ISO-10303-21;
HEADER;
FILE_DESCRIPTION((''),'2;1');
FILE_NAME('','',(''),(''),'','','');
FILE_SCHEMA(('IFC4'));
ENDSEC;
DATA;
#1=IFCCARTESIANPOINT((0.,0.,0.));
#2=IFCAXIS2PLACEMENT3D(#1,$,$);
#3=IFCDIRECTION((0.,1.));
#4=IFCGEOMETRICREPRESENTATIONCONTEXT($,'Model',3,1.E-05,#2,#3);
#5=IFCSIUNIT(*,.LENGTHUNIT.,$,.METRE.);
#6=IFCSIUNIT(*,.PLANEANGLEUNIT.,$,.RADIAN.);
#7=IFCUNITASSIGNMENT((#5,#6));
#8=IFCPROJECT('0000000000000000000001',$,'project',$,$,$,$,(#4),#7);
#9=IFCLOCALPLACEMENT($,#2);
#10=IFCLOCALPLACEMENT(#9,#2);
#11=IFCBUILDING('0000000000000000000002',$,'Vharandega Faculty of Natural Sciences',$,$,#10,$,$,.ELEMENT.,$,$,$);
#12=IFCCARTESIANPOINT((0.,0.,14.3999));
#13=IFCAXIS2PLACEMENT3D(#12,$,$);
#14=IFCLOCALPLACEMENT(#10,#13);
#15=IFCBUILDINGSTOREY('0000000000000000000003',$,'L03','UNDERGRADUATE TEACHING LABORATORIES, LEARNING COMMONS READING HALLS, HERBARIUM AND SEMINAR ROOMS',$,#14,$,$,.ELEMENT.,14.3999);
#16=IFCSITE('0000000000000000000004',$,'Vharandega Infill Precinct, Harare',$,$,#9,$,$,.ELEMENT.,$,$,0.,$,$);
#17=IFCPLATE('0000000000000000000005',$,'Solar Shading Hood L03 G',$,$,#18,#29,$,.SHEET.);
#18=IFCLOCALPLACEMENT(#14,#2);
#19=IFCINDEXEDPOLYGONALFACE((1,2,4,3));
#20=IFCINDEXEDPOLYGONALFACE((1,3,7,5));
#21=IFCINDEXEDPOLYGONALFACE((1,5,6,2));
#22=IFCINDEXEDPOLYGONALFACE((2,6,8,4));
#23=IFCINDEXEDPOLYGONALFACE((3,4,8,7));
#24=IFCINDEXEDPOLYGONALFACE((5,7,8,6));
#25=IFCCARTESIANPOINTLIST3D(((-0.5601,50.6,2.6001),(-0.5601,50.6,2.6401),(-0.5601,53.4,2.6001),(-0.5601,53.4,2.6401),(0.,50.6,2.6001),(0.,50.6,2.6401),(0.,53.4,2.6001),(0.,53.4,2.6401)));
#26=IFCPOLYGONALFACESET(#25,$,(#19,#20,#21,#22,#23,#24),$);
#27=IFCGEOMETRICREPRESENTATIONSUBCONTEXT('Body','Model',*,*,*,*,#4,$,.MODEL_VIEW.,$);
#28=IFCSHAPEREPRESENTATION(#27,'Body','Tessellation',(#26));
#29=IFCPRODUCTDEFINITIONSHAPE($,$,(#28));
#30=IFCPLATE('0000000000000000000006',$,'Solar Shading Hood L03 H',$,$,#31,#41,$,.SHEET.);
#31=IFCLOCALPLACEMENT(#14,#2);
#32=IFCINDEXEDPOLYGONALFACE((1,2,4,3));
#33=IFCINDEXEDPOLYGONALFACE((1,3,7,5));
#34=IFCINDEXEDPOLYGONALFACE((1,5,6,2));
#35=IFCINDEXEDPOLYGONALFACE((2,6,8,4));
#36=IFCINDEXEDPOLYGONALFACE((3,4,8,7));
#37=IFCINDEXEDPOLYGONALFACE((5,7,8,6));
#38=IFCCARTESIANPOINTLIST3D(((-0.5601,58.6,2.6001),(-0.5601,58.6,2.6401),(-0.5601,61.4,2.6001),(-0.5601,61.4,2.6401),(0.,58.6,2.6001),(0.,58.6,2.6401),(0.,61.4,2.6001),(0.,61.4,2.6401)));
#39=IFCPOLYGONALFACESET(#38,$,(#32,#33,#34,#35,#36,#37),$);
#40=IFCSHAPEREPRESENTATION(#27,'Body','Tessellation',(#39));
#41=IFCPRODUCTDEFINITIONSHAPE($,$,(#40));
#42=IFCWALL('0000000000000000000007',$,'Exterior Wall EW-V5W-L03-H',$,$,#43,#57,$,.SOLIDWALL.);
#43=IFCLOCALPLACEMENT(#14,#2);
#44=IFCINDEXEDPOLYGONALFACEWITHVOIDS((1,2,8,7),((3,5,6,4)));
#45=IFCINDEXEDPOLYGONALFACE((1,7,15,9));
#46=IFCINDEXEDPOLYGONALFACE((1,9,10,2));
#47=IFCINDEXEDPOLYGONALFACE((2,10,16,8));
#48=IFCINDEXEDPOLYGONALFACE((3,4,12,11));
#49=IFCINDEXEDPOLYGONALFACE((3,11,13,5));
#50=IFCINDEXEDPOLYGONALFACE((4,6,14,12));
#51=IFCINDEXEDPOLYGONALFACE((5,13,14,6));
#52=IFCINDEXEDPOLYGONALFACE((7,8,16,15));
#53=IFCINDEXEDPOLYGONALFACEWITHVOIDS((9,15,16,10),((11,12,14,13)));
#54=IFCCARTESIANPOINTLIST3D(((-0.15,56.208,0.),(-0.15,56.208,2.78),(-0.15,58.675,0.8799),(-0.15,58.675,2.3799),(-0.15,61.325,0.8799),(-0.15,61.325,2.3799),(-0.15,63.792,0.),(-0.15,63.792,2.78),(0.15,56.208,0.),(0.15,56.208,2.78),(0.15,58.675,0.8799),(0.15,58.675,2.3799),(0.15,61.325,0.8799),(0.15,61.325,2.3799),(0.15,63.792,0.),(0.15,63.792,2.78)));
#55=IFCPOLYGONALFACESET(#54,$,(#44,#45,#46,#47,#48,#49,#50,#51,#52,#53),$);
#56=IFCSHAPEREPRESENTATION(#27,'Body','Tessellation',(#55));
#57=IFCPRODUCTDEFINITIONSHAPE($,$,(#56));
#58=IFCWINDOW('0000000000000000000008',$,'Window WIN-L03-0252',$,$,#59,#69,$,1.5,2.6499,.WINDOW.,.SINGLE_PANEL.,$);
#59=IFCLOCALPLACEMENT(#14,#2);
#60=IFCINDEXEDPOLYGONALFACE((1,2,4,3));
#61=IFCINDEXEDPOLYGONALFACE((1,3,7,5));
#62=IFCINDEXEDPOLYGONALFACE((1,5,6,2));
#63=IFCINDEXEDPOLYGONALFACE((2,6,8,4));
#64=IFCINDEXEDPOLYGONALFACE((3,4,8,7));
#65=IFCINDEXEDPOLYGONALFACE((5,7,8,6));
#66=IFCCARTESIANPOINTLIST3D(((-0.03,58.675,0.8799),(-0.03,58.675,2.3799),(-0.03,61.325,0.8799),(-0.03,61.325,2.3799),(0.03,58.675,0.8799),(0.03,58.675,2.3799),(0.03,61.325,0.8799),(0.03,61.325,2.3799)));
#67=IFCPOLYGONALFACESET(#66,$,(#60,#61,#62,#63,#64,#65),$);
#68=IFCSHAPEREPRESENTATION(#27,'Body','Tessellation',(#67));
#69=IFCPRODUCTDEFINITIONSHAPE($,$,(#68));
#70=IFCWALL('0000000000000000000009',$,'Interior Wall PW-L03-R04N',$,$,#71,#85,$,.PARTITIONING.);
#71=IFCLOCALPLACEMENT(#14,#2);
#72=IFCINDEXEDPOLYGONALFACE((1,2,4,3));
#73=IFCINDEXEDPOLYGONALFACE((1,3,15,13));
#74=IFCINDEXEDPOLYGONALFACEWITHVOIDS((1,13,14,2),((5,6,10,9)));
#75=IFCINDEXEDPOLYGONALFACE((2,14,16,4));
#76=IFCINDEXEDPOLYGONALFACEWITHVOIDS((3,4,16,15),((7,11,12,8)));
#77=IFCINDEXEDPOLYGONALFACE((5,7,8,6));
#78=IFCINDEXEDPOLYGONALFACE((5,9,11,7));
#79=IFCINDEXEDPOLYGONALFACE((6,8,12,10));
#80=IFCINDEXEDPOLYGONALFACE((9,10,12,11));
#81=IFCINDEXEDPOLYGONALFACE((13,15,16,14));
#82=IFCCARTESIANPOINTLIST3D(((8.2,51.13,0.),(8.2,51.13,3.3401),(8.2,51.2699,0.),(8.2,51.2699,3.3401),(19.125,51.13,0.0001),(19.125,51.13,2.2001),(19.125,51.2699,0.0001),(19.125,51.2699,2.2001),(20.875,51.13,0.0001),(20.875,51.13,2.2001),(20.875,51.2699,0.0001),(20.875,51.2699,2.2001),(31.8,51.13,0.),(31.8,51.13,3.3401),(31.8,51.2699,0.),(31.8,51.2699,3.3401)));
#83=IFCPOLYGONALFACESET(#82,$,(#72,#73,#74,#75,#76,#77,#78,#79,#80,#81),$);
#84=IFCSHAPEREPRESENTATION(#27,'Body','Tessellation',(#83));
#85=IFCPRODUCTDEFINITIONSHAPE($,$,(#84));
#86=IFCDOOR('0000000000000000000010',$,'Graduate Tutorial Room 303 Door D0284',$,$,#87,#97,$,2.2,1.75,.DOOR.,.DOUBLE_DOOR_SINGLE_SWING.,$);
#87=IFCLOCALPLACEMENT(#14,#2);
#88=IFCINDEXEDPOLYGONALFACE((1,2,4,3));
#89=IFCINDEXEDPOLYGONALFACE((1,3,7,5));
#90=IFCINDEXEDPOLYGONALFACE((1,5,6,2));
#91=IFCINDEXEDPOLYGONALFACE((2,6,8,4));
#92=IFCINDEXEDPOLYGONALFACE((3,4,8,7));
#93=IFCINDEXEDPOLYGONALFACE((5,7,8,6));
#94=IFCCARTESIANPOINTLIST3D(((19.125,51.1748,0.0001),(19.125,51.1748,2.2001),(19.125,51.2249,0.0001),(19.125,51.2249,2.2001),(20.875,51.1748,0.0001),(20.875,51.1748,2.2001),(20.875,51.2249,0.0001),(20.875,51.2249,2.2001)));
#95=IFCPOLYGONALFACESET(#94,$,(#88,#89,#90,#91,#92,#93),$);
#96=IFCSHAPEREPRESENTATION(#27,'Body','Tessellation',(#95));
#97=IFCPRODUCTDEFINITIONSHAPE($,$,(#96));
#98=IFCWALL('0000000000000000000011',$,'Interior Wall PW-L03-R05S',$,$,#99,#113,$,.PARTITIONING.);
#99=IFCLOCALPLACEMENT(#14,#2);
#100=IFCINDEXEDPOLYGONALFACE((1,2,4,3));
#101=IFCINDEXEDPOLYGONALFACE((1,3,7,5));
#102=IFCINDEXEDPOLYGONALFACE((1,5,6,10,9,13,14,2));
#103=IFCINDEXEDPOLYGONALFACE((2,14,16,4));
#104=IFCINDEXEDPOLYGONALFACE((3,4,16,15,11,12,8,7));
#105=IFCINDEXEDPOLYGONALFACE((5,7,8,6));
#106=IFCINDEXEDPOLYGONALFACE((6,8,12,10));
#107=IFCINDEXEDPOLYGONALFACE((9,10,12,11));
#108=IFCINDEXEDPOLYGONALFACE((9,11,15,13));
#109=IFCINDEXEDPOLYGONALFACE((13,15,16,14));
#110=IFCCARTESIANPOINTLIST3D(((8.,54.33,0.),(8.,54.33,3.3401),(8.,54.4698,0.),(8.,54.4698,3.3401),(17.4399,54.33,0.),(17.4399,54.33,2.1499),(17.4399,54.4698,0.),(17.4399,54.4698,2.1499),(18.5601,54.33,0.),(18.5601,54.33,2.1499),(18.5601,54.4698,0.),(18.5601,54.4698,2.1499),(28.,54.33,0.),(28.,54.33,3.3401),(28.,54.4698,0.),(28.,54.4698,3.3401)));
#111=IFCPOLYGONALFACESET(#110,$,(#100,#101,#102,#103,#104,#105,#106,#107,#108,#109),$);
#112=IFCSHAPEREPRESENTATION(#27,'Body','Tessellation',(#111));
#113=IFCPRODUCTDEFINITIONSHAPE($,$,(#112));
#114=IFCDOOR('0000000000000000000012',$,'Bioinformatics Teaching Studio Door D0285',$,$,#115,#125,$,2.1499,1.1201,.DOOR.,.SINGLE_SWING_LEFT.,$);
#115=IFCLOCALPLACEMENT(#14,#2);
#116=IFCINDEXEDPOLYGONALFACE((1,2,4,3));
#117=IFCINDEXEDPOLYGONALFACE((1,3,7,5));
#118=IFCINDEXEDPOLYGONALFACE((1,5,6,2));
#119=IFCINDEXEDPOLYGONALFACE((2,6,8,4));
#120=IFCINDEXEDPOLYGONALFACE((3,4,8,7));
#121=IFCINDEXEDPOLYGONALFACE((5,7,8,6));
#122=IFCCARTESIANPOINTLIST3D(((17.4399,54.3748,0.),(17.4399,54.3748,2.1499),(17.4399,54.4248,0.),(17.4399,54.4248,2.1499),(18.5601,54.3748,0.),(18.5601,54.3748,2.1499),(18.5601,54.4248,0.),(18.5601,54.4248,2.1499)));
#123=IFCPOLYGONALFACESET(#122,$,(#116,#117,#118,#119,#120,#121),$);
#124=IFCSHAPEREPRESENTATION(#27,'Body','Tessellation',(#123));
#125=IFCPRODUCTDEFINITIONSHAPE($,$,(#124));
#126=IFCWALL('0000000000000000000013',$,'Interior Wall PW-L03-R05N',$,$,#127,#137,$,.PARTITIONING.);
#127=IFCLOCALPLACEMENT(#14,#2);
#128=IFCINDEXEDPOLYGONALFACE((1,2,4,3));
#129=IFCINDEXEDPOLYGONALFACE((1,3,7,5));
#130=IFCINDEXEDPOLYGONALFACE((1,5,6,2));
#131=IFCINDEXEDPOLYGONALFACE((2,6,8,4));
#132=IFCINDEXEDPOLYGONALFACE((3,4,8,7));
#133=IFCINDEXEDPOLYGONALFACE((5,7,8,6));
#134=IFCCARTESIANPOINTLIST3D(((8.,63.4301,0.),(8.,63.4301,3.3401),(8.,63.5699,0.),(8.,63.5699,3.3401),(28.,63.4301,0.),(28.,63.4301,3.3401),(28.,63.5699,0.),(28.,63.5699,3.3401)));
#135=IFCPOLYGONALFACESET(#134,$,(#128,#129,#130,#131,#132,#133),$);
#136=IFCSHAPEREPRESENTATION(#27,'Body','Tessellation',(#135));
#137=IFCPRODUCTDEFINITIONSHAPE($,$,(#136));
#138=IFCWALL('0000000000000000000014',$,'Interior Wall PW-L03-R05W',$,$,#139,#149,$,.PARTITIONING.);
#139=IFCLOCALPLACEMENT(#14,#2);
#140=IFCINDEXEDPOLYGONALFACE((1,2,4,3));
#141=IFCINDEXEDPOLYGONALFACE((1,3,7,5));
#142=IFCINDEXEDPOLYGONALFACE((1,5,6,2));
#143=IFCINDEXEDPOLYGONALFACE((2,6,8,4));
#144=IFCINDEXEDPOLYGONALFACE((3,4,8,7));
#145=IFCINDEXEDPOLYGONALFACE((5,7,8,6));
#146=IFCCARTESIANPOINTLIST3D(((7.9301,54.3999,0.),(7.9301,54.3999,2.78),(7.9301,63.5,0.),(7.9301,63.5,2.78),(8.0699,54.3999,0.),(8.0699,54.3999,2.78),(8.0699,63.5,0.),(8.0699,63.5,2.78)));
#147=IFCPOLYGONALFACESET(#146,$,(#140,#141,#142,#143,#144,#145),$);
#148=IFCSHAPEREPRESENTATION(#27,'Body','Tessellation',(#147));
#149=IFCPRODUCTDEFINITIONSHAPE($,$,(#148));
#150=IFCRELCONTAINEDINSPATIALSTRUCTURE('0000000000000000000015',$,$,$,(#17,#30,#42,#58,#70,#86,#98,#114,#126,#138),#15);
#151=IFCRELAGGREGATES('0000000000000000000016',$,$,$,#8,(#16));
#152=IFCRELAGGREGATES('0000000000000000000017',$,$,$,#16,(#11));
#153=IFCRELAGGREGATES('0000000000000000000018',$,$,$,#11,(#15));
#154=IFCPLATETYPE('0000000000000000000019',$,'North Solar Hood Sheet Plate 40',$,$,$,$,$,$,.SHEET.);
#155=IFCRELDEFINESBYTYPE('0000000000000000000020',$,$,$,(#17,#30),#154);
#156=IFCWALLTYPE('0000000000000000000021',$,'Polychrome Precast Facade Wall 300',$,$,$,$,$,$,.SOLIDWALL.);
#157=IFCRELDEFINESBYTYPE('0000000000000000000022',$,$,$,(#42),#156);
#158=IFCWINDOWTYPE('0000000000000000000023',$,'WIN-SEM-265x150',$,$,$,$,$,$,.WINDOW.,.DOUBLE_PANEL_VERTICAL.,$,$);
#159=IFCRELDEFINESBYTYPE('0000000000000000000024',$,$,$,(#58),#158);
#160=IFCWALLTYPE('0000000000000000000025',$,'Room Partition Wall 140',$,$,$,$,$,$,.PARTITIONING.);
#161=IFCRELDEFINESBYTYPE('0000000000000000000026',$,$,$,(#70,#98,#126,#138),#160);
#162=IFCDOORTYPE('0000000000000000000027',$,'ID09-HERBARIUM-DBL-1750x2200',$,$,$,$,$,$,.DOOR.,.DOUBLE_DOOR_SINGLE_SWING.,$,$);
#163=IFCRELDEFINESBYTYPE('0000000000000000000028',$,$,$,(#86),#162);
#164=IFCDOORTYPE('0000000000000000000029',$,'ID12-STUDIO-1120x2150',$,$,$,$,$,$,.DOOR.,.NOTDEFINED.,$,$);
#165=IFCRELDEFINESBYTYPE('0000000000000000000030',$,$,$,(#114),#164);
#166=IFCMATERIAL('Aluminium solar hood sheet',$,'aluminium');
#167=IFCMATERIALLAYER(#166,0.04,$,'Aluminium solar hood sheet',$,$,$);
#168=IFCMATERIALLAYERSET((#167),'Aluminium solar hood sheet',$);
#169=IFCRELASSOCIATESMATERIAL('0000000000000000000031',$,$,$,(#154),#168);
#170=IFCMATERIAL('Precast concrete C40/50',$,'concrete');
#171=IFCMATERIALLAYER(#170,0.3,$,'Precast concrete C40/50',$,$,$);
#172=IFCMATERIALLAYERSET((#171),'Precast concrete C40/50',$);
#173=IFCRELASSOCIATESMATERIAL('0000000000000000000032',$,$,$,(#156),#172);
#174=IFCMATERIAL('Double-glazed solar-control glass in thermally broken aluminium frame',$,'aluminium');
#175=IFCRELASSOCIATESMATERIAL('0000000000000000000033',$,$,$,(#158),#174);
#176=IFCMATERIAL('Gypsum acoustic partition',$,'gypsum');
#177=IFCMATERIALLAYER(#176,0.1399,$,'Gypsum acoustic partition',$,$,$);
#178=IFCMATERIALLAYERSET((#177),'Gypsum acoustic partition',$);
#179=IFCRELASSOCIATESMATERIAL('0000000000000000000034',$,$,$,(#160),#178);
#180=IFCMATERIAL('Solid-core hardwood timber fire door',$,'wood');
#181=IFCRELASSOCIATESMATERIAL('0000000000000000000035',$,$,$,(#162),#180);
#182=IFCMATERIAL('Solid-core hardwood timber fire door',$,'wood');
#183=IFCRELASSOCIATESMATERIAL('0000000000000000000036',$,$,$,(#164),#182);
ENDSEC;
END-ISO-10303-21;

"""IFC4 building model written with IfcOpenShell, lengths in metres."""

from ifc_helpers import new_model, si_unit, direction, frame, frame_2d, origin, origin_2d, place, context, subcontext, project, spatial, rectangle, extrude, material, layer, layer_set, type_object, element, fill, save


model = new_model("IFC4")

# Units and contexts
model_context = context("Model", 3, precision=1e-05, world=origin(), true_north=direction((0.0, 1.0)))
body_context = subcontext(model_context, "Body", "Model", "MODEL_VIEW")
ifc_project = project(units=[si_unit("LENGTHUNIT", "METRE"), si_unit("PLANEANGLEUNIT", "RADIAN")], contexts=[model_context])

# Site, building, storey
site_placement = place(None, origin())
site = spatial("IfcSite", under=ifc_project, at=site_placement, Name="Vharandega Infill Precinct, Harare", CompositionType="ELEMENT", RefElevation=0.0)
building_placement = place(site_placement, origin())
building = spatial("IfcBuilding", under=site, at=building_placement, Name="Vharandega Faculty of Natural Sciences", CompositionType="ELEMENT")
storey_placement = place(building_placement, frame((0.0, 0.0, 14.3999)))
storey = spatial("IfcBuildingStorey", under=building, at=storey_placement, Name="L03", Description="UNDERGRADUATE TEACHING LABORATORIES, LEARNING COMMONS READING HALLS, HERBARIUM AND SEMINAR ROOMS", CompositionType="ELEMENT", Elevation=14.3999)

# Plates
ifc_material_1 = material(Name="Aluminium solar hood sheet", Category="aluminium")
ifc_layer_1 = layer(ifc_material_1, 0.04, Name="Aluminium solar hood sheet")
ifc_layer_set_1 = layer_set([ifc_layer_1], Name="Aluminium solar hood sheet")
plate_type = type_object("IfcPlateType", Name="North Solar Hood Sheet Plate 40", PredefinedType="SHEET", material=ifc_layer_set_1)
for number, where, z_axis, x_axis, name in (
    (1, (-0.28, 52.0, 2.6001), (0.0, 0.0, 1.0), (1.0, 0.0, 0.0), "Solar Shading Hood L03 G"),
    (2, (-0.28, 60.0, 2.6001), (0.0, 0.0, 1.0), (1.0, 0.0, 0.0), "Solar Shading Hood L03 H"),
):
    element("IfcPlate", number, at=place(storey_placement, frame(where, z_axis=z_axis, x_axis=x_axis)), inside=storey, type_object=plate_type, Name=name, PredefinedType="SHEET", context=body_context, shape_type="SweptSolid", body=[
        extrude(rectangle(XDim=0.5601, YDim=2.8, at=origin_2d()), origin(), (0.0, 0.0, 1.0), 0.04),
    ])

# Wall, opening, window
ifc_material_2 = material(Name="Precast concrete C40/50", Category="concrete")
ifc_layer_2 = layer(ifc_material_2, 0.3, Name="Precast concrete C40/50")
ifc_layer_set_2 = layer_set([ifc_layer_2], Name="Precast concrete C40/50")
wall_type_1 = type_object("IfcWallType", Name="Polychrome Precast Facade Wall 300", PredefinedType="SOLIDWALL", material=ifc_layer_set_2)
wall_1_placement = place(storey_placement, frame((0.0, 56.208, 0.0), z_axis=(0.0, 0.0, 1.0), x_axis=(0.0, 1.0, 0.0)))
wall_1 = element("IfcWall", 3, at=wall_1_placement, inside=storey, type_object=wall_type_1, Name="Exterior Wall EW-V5W-L03-H", PredefinedType="SOLIDWALL", context=body_context, shape_type="SweptSolid", body=[
    extrude(rectangle(XDim=7.584, YDim=0.3, at=frame_2d((3.792, 0.0))), origin(), (0.0, 0.0, 1.0), 2.78),
])
opening_1_placement = place(wall_1_placement, frame((2.467, 0.0, 0.8799)))
opening_1 = element("IfcOpeningElement", 4, at=opening_1_placement, cuts=wall_1, PredefinedType="OPENING", context=body_context, shape_type="SweptSolid", body=[
    extrude(rectangle(XDim=2.6499, YDim=1.5, at=frame_2d((1.325, 0.75))), frame((0.0, 0.1602, 0.0), z_axis=(0.0, -1.0, 0.0), x_axis=(1.0, 0.0, 0.0)), (0.0, 0.0, 1.0), 0.3201),
])
ifc_material_3 = material(Name="Double-glazed solar-control glass in thermally broken aluminium frame", Category="aluminium")
window_type = type_object("IfcWindowType", Name="WIN-SEM-265x150", PartitioningType="DOUBLE_PANEL_VERTICAL", PredefinedType="WINDOW", material=ifc_material_3)
window_placement = place(opening_1_placement, origin())
window = element("IfcWindow", 5, at=window_placement, inside=storey, type_object=window_type, Name="Window WIN-L03-0252", OverallHeight=1.5, OverallWidth=2.6499, PartitioningType="SINGLE_PANEL", PredefinedType="WINDOW", context=body_context, shape_type="SweptSolid", body=[
    extrude(rectangle(XDim=2.6499, YDim=1.5, at=frame_2d((1.325, 0.75))), frame((0.0, 0.03, 0.0), z_axis=(0.0, -1.0, 0.0), x_axis=(1.0, 0.0, 0.0)), (0.0, 0.0, 1.0), 0.0601),
])
fill(opening_1, window)

# Walls, openings, doors
ifc_material_4 = material(Name="Gypsum acoustic partition", Category="gypsum")
ifc_layer_3 = layer(ifc_material_4, 0.1399, Name="Gypsum acoustic partition")
ifc_layer_set_3 = layer_set([ifc_layer_3], Name="Gypsum acoustic partition")
wall_type_2 = type_object("IfcWallType", Name="Room Partition Wall 140", PredefinedType="PARTITIONING", material=ifc_layer_set_3)
wall_2_placement = place(storey_placement, frame((8.2, 51.2, 0.0), z_axis=(0.0, 0.0, 1.0), x_axis=(1.0, 0.0, 0.0)))
wall_2 = element("IfcWall", 6, at=wall_2_placement, inside=storey, type_object=wall_type_2, Name="Interior Wall PW-L03-R04N", PredefinedType="PARTITIONING", context=body_context, shape_type="SweptSolid", body=[
    extrude(rectangle(XDim=23.6001, YDim=0.1399, at=frame_2d((11.8, 0.0))), origin(), (0.0, 0.0, 1.0), 3.3401),
])
opening_2_placement = place(wall_2_placement, frame((10.925, 0.0, 0.0)))
opening_2 = element("IfcOpeningElement", 7, at=opening_2_placement, cuts=wall_2, PredefinedType="OPENING", context=body_context, shape_type="SweptSolid", body=[
    extrude(rectangle(XDim=1.75, YDim=2.2, at=frame_2d((0.875, 1.1001))), frame((0.0, 0.0801, 0.0), z_axis=(0.0, -1.0, 0.0), x_axis=(1.0, 0.0, 0.0)), (0.0, 0.0, 1.0), 0.1599),
])
ifc_material_5 = material(Name="Solid-core hardwood timber fire door", Category="wood")
door_type_1 = type_object("IfcDoorType", Name="ID09-HERBARIUM-DBL-1750x2200", OperationType="DOUBLE_DOOR_SINGLE_SWING", PredefinedType="DOOR", material=ifc_material_5)
door_1_placement = place(opening_2_placement, origin())
door_1 = element("IfcDoor", 8, at=door_1_placement, inside=storey, type_object=door_type_1, Name="Graduate Tutorial Room 303 Door D0284", OperationType="DOUBLE_DOOR_SINGLE_SWING", OverallHeight=2.2, OverallWidth=1.75, PredefinedType="DOOR", context=body_context, shape_type="SweptSolid", body=[
    extrude(rectangle(XDim=1.75, YDim=2.2, at=frame_2d((0.875, 1.1001))), frame((0.0, 0.0249, 0.0), z_axis=(0.0, -1.0, 0.0), x_axis=(1.0, 0.0, 0.0)), (0.0, 0.0, 1.0), 0.05),
])
fill(opening_2, door_1)
wall_3_placement = place(storey_placement, frame((8.0, 54.3999, 0.0), z_axis=(0.0, 0.0, 1.0), x_axis=(1.0, 0.0, 0.0)))
wall_3 = element("IfcWall", 9, at=wall_3_placement, inside=storey, type_object=wall_type_2, Name="Interior Wall PW-L03-R05S", PredefinedType="PARTITIONING", context=body_context, shape_type="SweptSolid", body=[
    extrude(rectangle(XDim=20.0, YDim=0.1399, at=frame_2d((10.0, 0.0))), origin(), (0.0, 0.0, 1.0), 3.3401),
])
opening_3_placement = place(wall_3_placement, frame((9.4399, 0.0, 0.0)))
opening_3 = element("IfcOpeningElement", 10, at=opening_3_placement, cuts=wall_3, PredefinedType="OPENING", context=body_context, shape_type="SweptSolid", body=[
    extrude(rectangle(XDim=1.1201, YDim=2.1499, at=frame_2d((0.5601, 1.075))), frame((0.0, 0.0801, 0.0), z_axis=(0.0, -1.0, 0.0), x_axis=(1.0, 0.0, 0.0)), (0.0, 0.0, 1.0), 0.1599),
])
ifc_material_6 = material(Name="Solid-core hardwood timber fire door", Category="wood")
door_type_2 = type_object("IfcDoorType", Name="ID12-STUDIO-1120x2150", OperationType="NOTDEFINED", PredefinedType="DOOR", material=ifc_material_6)
door_2_placement = place(opening_3_placement, origin())
door_2 = element("IfcDoor", 11, at=door_2_placement, inside=storey, type_object=door_type_2, Name="Bioinformatics Teaching Studio Door D0285", OperationType="SINGLE_SWING_LEFT", OverallHeight=2.1499, OverallWidth=1.1201, PredefinedType="DOOR", context=body_context, shape_type="SweptSolid", body=[
    extrude(rectangle(XDim=1.1201, YDim=2.1499, at=frame_2d((0.5601, 1.075))), frame((0.0, 0.0249, 0.0), z_axis=(0.0, -1.0, 0.0), x_axis=(1.0, 0.0, 0.0)), (0.0, 0.0, 1.0), 0.05),
])
fill(opening_3, door_2)

# Walls
wall_4_placement = place(storey_placement, frame((8.0, 63.5, 0.0), z_axis=(0.0, 0.0, 1.0), x_axis=(1.0, 0.0, 0.0)))
element("IfcWall", 12, at=wall_4_placement, inside=storey, type_object=wall_type_2, Name="Interior Wall PW-L03-R05N", PredefinedType="PARTITIONING", context=body_context, shape_type="SweptSolid", body=[
    extrude(rectangle(XDim=20.0, YDim=0.1399, at=frame_2d((10.0, 0.0))), origin(), (0.0, 0.0, 1.0), 3.3401),
])
wall_5_placement = place(storey_placement, frame((8.0, 54.3999, 0.0), z_axis=(0.0, 0.0, 1.0), x_axis=(0.0, 1.0, 0.0)))
element("IfcWall", 13, at=wall_5_placement, inside=storey, type_object=wall_type_2, Name="Interior Wall PW-L03-R05W", PredefinedType="PARTITIONING", context=body_context, shape_type="SweptSolid", body=[
    extrude(rectangle(XDim=9.1001, YDim=0.1399, at=frame_2d((4.55, 0.0))), origin(), (0.0, 0.0, 1.0), 2.78),
])

save(model, "model.ifc")
